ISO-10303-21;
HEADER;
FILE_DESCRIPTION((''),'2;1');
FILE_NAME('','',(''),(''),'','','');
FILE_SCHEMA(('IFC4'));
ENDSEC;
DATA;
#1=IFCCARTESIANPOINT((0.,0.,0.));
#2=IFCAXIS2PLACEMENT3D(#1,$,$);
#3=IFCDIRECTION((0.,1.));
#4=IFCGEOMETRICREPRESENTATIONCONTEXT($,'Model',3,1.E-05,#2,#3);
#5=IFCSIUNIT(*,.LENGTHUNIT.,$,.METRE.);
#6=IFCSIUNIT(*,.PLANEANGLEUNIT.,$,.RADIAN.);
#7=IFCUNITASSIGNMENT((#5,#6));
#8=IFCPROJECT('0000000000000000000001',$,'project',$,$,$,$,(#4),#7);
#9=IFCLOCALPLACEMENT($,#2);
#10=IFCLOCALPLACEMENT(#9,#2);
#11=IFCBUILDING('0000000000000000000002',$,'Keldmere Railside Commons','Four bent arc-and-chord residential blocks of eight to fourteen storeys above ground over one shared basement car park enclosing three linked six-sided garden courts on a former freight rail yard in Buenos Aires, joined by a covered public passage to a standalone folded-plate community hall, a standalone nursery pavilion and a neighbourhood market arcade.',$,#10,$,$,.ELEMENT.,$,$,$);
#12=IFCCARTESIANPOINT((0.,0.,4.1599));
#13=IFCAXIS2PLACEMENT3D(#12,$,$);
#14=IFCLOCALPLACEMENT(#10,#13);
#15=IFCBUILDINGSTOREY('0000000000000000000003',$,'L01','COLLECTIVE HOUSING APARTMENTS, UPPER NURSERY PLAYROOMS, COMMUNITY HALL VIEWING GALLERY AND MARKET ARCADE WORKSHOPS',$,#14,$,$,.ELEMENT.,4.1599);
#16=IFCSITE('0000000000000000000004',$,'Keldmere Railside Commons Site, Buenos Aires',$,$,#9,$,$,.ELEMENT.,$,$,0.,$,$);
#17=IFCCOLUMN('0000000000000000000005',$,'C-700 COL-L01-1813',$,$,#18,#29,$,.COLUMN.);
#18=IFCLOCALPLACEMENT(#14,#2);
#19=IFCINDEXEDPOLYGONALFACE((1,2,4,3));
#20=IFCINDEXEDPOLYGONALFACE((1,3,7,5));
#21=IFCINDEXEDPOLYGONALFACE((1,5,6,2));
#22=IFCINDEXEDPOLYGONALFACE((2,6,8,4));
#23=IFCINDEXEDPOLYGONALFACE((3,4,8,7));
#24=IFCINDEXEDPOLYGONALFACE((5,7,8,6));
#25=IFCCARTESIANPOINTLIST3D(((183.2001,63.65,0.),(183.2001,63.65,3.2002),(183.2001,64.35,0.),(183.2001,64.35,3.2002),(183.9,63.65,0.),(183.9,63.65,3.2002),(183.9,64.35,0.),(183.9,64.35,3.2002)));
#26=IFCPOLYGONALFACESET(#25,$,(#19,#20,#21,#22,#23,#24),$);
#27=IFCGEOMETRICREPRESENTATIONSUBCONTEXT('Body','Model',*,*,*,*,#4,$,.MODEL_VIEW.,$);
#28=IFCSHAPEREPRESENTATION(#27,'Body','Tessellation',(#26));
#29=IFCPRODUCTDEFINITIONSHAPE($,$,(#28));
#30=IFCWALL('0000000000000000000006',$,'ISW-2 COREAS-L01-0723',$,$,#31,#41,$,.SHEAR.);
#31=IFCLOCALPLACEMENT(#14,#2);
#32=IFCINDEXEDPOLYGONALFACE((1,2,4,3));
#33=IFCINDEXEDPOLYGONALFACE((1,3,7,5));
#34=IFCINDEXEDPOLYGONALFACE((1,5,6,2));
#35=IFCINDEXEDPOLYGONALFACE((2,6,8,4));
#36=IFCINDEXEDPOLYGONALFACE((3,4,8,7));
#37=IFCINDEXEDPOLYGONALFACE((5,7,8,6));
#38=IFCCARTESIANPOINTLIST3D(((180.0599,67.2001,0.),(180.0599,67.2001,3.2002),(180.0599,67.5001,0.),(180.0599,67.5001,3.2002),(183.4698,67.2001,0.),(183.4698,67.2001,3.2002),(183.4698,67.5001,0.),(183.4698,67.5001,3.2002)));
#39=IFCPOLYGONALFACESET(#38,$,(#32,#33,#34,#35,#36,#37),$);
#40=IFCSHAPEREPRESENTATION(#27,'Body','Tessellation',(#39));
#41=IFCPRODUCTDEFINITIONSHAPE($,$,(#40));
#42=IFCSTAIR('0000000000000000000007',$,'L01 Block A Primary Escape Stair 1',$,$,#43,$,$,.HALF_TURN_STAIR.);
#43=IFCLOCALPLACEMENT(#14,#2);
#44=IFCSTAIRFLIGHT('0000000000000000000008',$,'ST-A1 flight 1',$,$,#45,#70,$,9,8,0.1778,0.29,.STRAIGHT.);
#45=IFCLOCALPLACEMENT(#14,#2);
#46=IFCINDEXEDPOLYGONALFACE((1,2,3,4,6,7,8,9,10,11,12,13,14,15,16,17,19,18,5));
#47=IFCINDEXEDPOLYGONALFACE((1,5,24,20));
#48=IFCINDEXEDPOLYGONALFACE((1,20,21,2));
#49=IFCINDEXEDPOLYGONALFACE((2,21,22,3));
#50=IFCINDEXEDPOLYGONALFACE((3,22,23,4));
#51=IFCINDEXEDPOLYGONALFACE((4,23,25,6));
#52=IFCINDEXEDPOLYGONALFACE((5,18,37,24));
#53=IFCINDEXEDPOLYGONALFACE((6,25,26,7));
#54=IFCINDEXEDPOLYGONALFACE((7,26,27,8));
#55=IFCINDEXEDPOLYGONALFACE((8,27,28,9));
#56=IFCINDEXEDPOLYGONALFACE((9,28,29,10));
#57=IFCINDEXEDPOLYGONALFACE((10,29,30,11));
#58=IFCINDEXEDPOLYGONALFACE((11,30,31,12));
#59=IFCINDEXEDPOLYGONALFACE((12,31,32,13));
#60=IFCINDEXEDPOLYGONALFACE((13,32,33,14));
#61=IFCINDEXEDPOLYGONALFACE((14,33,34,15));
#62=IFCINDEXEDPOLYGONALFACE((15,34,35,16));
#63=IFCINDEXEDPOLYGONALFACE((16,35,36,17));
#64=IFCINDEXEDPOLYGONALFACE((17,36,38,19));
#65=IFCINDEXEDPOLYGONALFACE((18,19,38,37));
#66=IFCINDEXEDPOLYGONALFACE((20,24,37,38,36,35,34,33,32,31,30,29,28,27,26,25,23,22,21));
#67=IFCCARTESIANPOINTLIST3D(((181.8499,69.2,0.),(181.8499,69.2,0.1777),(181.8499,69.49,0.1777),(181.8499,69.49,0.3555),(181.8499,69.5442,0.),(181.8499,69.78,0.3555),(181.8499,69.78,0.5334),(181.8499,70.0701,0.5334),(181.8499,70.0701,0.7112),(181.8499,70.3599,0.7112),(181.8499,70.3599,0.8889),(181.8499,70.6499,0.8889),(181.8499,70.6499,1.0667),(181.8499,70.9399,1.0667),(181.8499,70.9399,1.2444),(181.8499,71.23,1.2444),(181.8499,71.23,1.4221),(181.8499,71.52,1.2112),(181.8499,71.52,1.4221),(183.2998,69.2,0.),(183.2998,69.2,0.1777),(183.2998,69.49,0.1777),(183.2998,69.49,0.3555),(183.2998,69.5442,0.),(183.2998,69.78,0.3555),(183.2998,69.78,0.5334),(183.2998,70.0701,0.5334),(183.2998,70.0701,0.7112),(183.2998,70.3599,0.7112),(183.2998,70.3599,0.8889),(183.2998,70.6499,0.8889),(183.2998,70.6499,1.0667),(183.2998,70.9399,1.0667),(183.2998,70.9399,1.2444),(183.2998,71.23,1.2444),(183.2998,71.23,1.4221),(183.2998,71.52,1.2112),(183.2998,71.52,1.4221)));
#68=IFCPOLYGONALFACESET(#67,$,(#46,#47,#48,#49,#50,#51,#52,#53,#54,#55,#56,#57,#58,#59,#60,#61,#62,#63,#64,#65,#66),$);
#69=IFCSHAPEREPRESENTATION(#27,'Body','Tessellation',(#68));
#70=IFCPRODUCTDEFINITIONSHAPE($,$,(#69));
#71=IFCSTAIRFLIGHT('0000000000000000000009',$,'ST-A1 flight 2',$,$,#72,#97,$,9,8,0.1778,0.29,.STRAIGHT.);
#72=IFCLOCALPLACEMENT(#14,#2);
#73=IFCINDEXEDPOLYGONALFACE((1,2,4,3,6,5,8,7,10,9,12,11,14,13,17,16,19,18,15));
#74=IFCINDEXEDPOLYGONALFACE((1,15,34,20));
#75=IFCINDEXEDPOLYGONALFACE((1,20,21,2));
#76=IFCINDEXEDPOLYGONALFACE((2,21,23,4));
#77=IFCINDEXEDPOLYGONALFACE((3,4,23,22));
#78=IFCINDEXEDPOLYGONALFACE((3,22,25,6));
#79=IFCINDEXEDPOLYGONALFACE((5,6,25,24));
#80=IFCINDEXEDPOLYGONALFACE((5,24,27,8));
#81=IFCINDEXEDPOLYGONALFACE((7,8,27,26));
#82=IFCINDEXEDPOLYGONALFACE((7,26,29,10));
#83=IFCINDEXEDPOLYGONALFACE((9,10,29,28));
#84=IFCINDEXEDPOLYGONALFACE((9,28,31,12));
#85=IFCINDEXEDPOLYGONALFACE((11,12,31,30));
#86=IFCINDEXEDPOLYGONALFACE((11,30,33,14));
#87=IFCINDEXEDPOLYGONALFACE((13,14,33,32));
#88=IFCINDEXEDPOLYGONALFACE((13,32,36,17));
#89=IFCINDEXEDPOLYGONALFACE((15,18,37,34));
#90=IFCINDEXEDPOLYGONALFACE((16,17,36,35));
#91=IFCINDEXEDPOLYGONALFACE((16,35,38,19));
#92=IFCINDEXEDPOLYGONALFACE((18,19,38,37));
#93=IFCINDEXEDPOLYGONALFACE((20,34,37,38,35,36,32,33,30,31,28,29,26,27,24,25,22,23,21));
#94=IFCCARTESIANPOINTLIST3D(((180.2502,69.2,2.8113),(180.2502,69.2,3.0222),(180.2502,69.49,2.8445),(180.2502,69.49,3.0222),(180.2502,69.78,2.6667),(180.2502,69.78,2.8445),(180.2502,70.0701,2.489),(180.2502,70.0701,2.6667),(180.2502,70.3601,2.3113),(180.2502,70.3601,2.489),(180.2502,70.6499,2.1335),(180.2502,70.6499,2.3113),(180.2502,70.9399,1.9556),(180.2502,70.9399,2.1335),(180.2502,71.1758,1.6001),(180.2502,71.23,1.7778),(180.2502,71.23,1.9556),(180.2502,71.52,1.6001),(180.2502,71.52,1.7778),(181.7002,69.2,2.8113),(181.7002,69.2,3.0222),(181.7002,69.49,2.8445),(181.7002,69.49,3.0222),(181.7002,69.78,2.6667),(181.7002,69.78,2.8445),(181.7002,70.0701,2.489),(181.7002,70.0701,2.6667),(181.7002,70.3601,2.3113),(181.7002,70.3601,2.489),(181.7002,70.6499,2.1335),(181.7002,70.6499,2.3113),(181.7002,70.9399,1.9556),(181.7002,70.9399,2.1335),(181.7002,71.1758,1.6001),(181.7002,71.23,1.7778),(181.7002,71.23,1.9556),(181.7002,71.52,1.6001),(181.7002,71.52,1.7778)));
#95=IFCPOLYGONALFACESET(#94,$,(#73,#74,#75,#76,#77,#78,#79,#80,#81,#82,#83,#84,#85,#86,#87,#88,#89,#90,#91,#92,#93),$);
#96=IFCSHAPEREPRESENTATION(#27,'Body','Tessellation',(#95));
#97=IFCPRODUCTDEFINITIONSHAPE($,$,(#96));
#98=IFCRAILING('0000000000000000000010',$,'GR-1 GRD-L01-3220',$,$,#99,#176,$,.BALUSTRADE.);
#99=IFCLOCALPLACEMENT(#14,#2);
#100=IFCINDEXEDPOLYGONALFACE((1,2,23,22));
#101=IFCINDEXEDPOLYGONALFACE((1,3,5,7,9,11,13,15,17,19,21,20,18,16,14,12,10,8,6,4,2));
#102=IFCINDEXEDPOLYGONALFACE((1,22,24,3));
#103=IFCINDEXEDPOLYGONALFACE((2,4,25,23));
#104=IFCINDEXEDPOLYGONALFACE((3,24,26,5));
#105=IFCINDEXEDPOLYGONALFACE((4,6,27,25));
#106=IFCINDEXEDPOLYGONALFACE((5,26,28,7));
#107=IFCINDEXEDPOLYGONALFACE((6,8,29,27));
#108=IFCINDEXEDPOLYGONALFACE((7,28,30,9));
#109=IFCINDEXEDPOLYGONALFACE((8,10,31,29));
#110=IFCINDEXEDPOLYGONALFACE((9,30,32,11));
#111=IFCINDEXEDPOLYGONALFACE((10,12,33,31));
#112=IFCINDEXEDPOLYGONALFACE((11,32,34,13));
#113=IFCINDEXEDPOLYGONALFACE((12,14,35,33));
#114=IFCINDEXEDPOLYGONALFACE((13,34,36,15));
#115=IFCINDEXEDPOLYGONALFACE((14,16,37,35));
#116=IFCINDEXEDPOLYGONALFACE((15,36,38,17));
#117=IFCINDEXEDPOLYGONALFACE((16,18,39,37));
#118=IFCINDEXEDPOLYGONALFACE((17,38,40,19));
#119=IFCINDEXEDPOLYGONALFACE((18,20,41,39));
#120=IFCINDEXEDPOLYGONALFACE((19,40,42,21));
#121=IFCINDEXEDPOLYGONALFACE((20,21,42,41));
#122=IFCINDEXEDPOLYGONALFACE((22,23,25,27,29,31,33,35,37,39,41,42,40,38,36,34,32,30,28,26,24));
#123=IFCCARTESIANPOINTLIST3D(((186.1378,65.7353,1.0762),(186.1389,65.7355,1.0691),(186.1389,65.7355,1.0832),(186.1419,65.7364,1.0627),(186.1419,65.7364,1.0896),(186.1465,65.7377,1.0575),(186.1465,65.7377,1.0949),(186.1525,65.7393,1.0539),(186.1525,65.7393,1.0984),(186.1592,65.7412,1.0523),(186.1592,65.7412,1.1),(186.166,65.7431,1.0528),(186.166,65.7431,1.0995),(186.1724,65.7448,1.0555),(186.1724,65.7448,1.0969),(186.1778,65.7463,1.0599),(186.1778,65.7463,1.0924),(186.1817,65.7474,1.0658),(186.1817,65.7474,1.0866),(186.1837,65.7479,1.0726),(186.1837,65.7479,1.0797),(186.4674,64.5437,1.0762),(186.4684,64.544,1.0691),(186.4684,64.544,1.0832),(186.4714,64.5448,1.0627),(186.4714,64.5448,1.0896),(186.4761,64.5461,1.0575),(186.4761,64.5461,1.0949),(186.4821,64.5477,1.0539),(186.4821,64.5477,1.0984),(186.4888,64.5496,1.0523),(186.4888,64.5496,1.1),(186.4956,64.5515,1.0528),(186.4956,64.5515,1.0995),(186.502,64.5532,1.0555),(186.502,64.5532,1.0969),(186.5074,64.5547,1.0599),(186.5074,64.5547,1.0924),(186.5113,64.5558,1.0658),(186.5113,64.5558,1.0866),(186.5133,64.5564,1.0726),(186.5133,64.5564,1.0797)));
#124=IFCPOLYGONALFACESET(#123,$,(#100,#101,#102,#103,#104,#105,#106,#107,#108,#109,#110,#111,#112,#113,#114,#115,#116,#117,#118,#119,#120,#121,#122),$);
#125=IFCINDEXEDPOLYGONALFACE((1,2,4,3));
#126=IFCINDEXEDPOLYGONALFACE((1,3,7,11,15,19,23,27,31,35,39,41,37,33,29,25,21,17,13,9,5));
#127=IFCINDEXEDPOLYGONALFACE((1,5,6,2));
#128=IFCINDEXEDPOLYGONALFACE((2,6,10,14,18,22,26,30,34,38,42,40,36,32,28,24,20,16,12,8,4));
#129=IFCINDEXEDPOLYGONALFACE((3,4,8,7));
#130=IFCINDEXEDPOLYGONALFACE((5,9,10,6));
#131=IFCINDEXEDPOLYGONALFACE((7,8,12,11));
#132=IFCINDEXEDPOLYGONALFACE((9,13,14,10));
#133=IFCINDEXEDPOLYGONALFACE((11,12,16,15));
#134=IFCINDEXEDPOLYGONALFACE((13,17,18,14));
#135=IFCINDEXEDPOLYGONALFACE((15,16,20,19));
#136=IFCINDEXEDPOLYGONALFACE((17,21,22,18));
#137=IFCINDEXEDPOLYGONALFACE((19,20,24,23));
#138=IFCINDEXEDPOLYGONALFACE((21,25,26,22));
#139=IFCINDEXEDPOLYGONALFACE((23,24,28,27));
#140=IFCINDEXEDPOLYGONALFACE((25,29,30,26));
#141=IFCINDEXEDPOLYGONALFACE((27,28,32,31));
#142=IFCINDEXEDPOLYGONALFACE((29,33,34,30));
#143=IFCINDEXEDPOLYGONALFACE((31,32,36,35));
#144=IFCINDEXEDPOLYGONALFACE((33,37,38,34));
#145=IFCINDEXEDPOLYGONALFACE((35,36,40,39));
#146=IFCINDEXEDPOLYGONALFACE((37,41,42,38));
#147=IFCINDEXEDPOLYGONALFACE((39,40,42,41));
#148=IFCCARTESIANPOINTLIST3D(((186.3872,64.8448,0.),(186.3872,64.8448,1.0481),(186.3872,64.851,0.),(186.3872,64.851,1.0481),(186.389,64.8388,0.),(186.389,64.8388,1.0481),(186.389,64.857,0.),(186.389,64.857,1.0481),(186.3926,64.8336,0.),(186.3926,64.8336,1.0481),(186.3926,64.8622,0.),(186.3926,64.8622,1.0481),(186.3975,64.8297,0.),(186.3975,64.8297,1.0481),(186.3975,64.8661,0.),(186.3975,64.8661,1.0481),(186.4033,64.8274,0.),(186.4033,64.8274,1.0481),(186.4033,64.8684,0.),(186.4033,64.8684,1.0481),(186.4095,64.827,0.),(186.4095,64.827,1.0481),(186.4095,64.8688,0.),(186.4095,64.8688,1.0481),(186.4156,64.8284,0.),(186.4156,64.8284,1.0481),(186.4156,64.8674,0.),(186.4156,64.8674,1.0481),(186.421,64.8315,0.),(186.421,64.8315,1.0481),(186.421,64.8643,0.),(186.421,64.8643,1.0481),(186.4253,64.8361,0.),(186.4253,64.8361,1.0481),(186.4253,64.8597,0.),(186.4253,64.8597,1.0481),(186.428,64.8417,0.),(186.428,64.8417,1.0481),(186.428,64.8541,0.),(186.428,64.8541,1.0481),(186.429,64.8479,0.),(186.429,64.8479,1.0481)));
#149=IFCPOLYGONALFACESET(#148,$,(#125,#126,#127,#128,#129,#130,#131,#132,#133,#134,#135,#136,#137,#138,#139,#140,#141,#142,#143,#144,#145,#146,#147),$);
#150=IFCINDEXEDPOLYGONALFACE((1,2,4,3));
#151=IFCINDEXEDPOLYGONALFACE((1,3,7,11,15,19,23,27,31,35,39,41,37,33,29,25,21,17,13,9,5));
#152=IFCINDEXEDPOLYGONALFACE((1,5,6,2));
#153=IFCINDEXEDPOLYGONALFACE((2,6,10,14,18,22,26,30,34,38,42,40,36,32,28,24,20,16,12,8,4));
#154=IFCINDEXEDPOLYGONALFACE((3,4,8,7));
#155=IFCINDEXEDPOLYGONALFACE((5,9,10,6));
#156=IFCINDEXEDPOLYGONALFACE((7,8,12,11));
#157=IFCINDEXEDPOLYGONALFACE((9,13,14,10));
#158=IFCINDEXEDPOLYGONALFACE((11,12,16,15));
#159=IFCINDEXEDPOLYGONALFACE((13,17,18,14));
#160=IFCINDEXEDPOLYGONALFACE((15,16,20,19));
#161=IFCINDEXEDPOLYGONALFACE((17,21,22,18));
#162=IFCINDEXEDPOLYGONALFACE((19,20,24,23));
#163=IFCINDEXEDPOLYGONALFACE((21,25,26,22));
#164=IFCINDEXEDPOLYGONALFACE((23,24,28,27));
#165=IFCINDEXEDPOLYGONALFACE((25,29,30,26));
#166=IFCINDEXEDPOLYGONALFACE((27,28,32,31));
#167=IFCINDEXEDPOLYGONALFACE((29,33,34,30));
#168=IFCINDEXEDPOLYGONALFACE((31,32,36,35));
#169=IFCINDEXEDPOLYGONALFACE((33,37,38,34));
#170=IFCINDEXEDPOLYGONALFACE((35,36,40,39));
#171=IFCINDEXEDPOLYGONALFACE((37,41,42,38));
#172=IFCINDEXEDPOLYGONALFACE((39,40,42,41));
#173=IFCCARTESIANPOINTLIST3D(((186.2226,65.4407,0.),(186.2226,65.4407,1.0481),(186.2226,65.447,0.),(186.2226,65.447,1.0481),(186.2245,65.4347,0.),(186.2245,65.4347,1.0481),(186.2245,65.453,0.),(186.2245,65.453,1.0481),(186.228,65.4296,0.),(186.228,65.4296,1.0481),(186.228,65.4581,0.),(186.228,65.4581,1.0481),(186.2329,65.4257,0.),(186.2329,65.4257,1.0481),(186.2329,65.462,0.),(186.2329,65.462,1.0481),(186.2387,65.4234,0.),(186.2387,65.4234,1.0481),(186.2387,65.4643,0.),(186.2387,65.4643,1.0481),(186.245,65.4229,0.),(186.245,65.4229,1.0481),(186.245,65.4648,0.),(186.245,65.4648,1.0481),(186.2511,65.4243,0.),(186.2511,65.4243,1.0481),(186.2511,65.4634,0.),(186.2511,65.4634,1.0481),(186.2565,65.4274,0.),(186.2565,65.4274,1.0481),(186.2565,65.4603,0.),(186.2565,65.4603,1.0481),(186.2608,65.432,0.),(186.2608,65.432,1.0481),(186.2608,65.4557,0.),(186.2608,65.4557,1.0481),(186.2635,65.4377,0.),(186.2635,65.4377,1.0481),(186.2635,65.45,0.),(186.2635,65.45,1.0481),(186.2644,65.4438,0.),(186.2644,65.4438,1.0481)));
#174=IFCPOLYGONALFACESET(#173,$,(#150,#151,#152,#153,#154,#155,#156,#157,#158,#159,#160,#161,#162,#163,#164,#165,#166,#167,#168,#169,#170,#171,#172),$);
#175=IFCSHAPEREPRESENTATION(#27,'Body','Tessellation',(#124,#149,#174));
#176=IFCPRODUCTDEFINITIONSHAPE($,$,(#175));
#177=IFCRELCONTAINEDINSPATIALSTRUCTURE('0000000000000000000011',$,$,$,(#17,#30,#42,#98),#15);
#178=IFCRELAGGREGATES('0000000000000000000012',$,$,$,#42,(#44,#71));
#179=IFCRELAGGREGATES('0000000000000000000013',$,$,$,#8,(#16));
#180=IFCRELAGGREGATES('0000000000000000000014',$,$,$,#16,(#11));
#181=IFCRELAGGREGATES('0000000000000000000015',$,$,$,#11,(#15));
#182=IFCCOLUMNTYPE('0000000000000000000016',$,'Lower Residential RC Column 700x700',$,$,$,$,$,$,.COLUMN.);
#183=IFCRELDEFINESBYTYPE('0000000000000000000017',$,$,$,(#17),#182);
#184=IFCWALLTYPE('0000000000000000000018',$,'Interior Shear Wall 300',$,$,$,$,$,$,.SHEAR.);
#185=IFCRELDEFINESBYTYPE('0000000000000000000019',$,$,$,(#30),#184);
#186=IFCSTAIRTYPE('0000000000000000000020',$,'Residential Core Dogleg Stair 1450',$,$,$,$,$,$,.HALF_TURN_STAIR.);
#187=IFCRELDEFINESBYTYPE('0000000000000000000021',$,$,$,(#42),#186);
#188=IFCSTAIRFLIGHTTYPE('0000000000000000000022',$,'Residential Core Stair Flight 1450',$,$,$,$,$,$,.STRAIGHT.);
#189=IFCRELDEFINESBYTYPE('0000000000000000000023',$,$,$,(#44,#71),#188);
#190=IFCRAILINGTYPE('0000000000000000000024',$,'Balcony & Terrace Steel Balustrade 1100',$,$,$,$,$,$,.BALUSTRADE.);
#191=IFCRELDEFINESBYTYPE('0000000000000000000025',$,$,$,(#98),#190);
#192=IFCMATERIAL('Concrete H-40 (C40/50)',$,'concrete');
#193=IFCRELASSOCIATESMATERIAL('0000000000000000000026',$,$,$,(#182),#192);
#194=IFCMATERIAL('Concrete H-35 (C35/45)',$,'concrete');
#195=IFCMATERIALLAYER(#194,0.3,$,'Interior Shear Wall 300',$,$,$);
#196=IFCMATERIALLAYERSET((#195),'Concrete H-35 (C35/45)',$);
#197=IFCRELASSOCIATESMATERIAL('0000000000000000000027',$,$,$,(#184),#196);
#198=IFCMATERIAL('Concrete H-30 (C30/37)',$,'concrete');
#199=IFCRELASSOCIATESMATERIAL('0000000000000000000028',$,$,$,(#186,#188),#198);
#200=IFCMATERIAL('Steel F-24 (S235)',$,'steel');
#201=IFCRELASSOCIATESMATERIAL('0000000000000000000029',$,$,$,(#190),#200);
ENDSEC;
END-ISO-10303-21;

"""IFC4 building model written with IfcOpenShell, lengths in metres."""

from ifc_helpers import new_model, si_unit, direction, frame, frame_2d, origin, origin_2d, place, context, subcontext, project, spatial, polyline, rectangle, circle, outline, extrude, material, layer, layer_set, material_profile, profile_set, type_object, element, aggregate, save


model = new_model("IFC4")

# Units and contexts
model_context = context("Model", 3, precision=1e-05, world=origin(), true_north=direction((0.0, 1.0)))
body_context = subcontext(model_context, "Body", "Model", "MODEL_VIEW")
ifc_project = project(units=[si_unit("LENGTHUNIT", "METRE"), si_unit("PLANEANGLEUNIT", "RADIAN")], contexts=[model_context])

# Site, building, storey
site_placement = place(None, origin())
site = spatial("IfcSite", under=ifc_project, at=site_placement, Name="Keldmere Railside Commons Site, Buenos Aires", CompositionType="ELEMENT", RefElevation=0.0)
building_placement = place(site_placement, origin())
building = spatial("IfcBuilding", under=site, at=building_placement, Name="Keldmere Railside Commons", Description="Four bent arc-and-chord residential blocks of eight to fourteen storeys above ground over one shared basement car park enclosing three linked six-sided garden courts on a former freight rail yard in Buenos Aires, joined by a covered public passage to a standalone folded-plate community hall, a standalone nursery pavilion and a neighbourhood market arcade.", CompositionType="ELEMENT")
storey_placement = place(building_placement, frame((0.0, 0.0, 4.1599)))
storey = spatial("IfcBuildingStorey", under=building, at=storey_placement, Name="L01", Description="COLLECTIVE HOUSING APARTMENTS, UPPER NURSERY PLAYROOMS, COMMUNITY HALL VIEWING GALLERY AND MARKET ARCADE WORKSHOPS", CompositionType="ELEMENT", Elevation=4.1599)

# Column
ifc_material_1 = material(Name="Concrete H-40 (C40/50)", Category="concrete")
ifc_material_profile = material_profile(ifc_material_1, rectangle(XDim=0.7, YDim=0.7, at=origin_2d()), Name="RC-700x700")
ifc_profile_set = profile_set([ifc_material_profile], Name="Concrete H-40 (C40/50)")
column_type = type_object("IfcColumnType", Name="Lower Residential RC Column 700x700", PredefinedType="COLUMN", material=ifc_profile_set)
column_placement = place(storey_placement, frame((183.55, 64.0, 0.0), z_axis=(0.0, 0.0, 1.0), x_axis=(1.0, 0.0, 0.0)))
element("IfcColumn", 1, at=column_placement, inside=storey, type_object=column_type, Name="C-700 COL-L01-1813", PredefinedType="COLUMN", context=body_context, shape_type="SweptSolid", body=[
    extrude(rectangle(XDim=0.7, YDim=0.7, at=origin_2d()), origin(), (0.0, 0.0, 1.0), 3.2002),
])

# Wall
ifc_material_2 = material(Name="Concrete H-35 (C35/45)", Category="concrete")
ifc_layer = layer(ifc_material_2, 0.3, Name="Interior Shear Wall 300")
ifc_layer_set = layer_set([ifc_layer], Name="Concrete H-35 (C35/45)")
wall_type = type_object("IfcWallType", Name="Interior Shear Wall 300", PredefinedType="SHEAR", material=ifc_layer_set)
wall_placement = place(storey_placement, frame((183.47, 67.3501, 0.0), z_axis=(0.0, 0.0, 1.0), x_axis=(-1.0, 0.0, 0.0)))
element("IfcWall", 2, at=wall_placement, inside=storey, type_object=wall_type, Name="ISW-2 COREAS-L01-0723", PredefinedType="SHEAR", context=body_context, shape_type="SweptSolid", body=[
    extrude(rectangle(XDim=3.4099, YDim=0.3, at=frame_2d((1.7051, 0.0))), origin(), (0.0, 0.0, 1.0), 3.2002),
])

# Stair, stair flights
ifc_material_3 = material(Name="Concrete H-30 (C30/37)", Category="concrete")
stair_type = type_object("IfcStairType", Name="Residential Core Dogleg Stair 1450", PredefinedType="HALF_TURN_STAIR", material=ifc_material_3)
stair_placement = place(storey_placement, origin())
stair = element("IfcStair", 3, at=stair_placement, inside=storey, type_object=stair_type, Name="L01 Block A Primary Escape Stair 1", PredefinedType="HALF_TURN_STAIR")
stair_flight_type = type_object("IfcStairFlightType", Name="Residential Core Stair Flight 1450", PredefinedType="STRAIGHT", material=ifc_material_3)
stair_flight_1_placement = place(storey_placement, frame((182.575, 69.2, 0.0), z_axis=(0.0, 0.0, 1.0), x_axis=(0.0, 1.0, 0.0)))
stair_flight_1 = element("IfcStairFlight", 4, at=stair_flight_1_placement, type_object=stair_flight_type, Name="ST-A1 flight 1", NumberOfRisers=9, NumberOfTreads=8, PredefinedType="STRAIGHT", RiserHeight=0.1778, TreadLength=0.29, context=body_context, shape_type="SweptSolid", body=[
    extrude(outline(polyline([(0.0, 0.0), (0.0, 0.1777), (0.29, 0.1777), (0.29, 0.3555), (0.5801, 0.3555), (0.5801, 0.5334), (0.8701, 0.5334), (0.8701, 0.7112), (1.1599, 0.7112), (1.1599, 0.8889), (1.45, 0.8889), (1.45, 1.0667), (1.74, 1.0667), (1.74, 1.2444), (2.03, 1.2444), (2.03, 1.4221), (2.3201, 1.4221), (2.3201, 1.6001), (2.3201, 1.2112), (0.3442, 0.0), (0.0, 0.0)])), frame((0.0, 0.7251, 0.0), z_axis=(0.0, -1.0, 0.0), x_axis=(1.0, 0.0, 0.0)), (0.0, 0.0, 1.0), 1.45),
])
stair_flight_2_placement = place(storey_placement, frame((180.9751, 71.52, 1.6001), z_axis=(0.0, 0.0, 1.0), x_axis=(0.0, -1.0, 0.0)))
stair_flight_2 = element("IfcStairFlight", 5, at=stair_flight_2_placement, type_object=stair_flight_type, Name="ST-A1 flight 2", NumberOfRisers=9, NumberOfTreads=8, PredefinedType="STRAIGHT", RiserHeight=0.1778, TreadLength=0.29, context=body_context, shape_type="SweptSolid", body=[
    extrude(outline(polyline([(0.0, 0.0), (0.0, 0.1777), (0.29, 0.1777), (0.29, 0.3555), (0.5801, 0.3555), (0.5801, 0.5334), (0.8701, 0.5334), (0.8701, 0.7112), (1.1599, 0.7112), (1.1599, 0.8889), (1.45, 0.8889), (1.45, 1.0667), (1.74, 1.0667), (1.74, 1.2444), (2.03, 1.2444), (2.03, 1.4221), (2.3201, 1.4221), (2.3201, 1.6001), (2.3201, 1.2112), (0.3442, 0.0), (0.0, 0.0)])), frame((0.0, 0.7251, 0.0), z_axis=(0.0, -1.0, 0.0), x_axis=(1.0, 0.0, 0.0)), (0.0, 0.0, 1.0), 1.45),
])
aggregate(stair, [stair_flight_1, stair_flight_2])

# Railing
ifc_material_4 = material(Name="Steel F-24 (S235)", Category="steel")
railing_type_1 = type_object("IfcRailingType", Name="Balcony & Terrace Steel Balustrade 1100", PredefinedType="BALUSTRADE", material=ifc_material_4)
railing_1_placement = place(storey_placement, frame((186.4905, 64.55, 0.0)))
element("IfcRailing", 6, at=railing_1_placement, inside=storey, type_object=railing_type_1, Name="GR-1 GRD-L01-3220", PredefinedType="BALUSTRADE", context=body_context, shape_type="SweptSolid", body=[
    extrude(circle(Radius=0.0239, at=origin_2d()), frame((0.0, 0.0, 1.0762), z_axis=(-0.266574, 0.963814, 0.0), x_axis=(-0.963814, -0.266574, 0.0)), (0.0, 0.0, 1.0), 1.2363),
    extrude(circle(Radius=0.021, at=origin_2d()), frame((-0.0825, 0.2979, 0.0)), (0.0, 0.0, 1.0), 1.0481),
    extrude(circle(Radius=0.021, at=origin_2d()), frame((-0.2471, 0.8938, 0.0)), (0.0, 0.0, 1.0), 1.0481),
])

save(model, "model.ifc")
